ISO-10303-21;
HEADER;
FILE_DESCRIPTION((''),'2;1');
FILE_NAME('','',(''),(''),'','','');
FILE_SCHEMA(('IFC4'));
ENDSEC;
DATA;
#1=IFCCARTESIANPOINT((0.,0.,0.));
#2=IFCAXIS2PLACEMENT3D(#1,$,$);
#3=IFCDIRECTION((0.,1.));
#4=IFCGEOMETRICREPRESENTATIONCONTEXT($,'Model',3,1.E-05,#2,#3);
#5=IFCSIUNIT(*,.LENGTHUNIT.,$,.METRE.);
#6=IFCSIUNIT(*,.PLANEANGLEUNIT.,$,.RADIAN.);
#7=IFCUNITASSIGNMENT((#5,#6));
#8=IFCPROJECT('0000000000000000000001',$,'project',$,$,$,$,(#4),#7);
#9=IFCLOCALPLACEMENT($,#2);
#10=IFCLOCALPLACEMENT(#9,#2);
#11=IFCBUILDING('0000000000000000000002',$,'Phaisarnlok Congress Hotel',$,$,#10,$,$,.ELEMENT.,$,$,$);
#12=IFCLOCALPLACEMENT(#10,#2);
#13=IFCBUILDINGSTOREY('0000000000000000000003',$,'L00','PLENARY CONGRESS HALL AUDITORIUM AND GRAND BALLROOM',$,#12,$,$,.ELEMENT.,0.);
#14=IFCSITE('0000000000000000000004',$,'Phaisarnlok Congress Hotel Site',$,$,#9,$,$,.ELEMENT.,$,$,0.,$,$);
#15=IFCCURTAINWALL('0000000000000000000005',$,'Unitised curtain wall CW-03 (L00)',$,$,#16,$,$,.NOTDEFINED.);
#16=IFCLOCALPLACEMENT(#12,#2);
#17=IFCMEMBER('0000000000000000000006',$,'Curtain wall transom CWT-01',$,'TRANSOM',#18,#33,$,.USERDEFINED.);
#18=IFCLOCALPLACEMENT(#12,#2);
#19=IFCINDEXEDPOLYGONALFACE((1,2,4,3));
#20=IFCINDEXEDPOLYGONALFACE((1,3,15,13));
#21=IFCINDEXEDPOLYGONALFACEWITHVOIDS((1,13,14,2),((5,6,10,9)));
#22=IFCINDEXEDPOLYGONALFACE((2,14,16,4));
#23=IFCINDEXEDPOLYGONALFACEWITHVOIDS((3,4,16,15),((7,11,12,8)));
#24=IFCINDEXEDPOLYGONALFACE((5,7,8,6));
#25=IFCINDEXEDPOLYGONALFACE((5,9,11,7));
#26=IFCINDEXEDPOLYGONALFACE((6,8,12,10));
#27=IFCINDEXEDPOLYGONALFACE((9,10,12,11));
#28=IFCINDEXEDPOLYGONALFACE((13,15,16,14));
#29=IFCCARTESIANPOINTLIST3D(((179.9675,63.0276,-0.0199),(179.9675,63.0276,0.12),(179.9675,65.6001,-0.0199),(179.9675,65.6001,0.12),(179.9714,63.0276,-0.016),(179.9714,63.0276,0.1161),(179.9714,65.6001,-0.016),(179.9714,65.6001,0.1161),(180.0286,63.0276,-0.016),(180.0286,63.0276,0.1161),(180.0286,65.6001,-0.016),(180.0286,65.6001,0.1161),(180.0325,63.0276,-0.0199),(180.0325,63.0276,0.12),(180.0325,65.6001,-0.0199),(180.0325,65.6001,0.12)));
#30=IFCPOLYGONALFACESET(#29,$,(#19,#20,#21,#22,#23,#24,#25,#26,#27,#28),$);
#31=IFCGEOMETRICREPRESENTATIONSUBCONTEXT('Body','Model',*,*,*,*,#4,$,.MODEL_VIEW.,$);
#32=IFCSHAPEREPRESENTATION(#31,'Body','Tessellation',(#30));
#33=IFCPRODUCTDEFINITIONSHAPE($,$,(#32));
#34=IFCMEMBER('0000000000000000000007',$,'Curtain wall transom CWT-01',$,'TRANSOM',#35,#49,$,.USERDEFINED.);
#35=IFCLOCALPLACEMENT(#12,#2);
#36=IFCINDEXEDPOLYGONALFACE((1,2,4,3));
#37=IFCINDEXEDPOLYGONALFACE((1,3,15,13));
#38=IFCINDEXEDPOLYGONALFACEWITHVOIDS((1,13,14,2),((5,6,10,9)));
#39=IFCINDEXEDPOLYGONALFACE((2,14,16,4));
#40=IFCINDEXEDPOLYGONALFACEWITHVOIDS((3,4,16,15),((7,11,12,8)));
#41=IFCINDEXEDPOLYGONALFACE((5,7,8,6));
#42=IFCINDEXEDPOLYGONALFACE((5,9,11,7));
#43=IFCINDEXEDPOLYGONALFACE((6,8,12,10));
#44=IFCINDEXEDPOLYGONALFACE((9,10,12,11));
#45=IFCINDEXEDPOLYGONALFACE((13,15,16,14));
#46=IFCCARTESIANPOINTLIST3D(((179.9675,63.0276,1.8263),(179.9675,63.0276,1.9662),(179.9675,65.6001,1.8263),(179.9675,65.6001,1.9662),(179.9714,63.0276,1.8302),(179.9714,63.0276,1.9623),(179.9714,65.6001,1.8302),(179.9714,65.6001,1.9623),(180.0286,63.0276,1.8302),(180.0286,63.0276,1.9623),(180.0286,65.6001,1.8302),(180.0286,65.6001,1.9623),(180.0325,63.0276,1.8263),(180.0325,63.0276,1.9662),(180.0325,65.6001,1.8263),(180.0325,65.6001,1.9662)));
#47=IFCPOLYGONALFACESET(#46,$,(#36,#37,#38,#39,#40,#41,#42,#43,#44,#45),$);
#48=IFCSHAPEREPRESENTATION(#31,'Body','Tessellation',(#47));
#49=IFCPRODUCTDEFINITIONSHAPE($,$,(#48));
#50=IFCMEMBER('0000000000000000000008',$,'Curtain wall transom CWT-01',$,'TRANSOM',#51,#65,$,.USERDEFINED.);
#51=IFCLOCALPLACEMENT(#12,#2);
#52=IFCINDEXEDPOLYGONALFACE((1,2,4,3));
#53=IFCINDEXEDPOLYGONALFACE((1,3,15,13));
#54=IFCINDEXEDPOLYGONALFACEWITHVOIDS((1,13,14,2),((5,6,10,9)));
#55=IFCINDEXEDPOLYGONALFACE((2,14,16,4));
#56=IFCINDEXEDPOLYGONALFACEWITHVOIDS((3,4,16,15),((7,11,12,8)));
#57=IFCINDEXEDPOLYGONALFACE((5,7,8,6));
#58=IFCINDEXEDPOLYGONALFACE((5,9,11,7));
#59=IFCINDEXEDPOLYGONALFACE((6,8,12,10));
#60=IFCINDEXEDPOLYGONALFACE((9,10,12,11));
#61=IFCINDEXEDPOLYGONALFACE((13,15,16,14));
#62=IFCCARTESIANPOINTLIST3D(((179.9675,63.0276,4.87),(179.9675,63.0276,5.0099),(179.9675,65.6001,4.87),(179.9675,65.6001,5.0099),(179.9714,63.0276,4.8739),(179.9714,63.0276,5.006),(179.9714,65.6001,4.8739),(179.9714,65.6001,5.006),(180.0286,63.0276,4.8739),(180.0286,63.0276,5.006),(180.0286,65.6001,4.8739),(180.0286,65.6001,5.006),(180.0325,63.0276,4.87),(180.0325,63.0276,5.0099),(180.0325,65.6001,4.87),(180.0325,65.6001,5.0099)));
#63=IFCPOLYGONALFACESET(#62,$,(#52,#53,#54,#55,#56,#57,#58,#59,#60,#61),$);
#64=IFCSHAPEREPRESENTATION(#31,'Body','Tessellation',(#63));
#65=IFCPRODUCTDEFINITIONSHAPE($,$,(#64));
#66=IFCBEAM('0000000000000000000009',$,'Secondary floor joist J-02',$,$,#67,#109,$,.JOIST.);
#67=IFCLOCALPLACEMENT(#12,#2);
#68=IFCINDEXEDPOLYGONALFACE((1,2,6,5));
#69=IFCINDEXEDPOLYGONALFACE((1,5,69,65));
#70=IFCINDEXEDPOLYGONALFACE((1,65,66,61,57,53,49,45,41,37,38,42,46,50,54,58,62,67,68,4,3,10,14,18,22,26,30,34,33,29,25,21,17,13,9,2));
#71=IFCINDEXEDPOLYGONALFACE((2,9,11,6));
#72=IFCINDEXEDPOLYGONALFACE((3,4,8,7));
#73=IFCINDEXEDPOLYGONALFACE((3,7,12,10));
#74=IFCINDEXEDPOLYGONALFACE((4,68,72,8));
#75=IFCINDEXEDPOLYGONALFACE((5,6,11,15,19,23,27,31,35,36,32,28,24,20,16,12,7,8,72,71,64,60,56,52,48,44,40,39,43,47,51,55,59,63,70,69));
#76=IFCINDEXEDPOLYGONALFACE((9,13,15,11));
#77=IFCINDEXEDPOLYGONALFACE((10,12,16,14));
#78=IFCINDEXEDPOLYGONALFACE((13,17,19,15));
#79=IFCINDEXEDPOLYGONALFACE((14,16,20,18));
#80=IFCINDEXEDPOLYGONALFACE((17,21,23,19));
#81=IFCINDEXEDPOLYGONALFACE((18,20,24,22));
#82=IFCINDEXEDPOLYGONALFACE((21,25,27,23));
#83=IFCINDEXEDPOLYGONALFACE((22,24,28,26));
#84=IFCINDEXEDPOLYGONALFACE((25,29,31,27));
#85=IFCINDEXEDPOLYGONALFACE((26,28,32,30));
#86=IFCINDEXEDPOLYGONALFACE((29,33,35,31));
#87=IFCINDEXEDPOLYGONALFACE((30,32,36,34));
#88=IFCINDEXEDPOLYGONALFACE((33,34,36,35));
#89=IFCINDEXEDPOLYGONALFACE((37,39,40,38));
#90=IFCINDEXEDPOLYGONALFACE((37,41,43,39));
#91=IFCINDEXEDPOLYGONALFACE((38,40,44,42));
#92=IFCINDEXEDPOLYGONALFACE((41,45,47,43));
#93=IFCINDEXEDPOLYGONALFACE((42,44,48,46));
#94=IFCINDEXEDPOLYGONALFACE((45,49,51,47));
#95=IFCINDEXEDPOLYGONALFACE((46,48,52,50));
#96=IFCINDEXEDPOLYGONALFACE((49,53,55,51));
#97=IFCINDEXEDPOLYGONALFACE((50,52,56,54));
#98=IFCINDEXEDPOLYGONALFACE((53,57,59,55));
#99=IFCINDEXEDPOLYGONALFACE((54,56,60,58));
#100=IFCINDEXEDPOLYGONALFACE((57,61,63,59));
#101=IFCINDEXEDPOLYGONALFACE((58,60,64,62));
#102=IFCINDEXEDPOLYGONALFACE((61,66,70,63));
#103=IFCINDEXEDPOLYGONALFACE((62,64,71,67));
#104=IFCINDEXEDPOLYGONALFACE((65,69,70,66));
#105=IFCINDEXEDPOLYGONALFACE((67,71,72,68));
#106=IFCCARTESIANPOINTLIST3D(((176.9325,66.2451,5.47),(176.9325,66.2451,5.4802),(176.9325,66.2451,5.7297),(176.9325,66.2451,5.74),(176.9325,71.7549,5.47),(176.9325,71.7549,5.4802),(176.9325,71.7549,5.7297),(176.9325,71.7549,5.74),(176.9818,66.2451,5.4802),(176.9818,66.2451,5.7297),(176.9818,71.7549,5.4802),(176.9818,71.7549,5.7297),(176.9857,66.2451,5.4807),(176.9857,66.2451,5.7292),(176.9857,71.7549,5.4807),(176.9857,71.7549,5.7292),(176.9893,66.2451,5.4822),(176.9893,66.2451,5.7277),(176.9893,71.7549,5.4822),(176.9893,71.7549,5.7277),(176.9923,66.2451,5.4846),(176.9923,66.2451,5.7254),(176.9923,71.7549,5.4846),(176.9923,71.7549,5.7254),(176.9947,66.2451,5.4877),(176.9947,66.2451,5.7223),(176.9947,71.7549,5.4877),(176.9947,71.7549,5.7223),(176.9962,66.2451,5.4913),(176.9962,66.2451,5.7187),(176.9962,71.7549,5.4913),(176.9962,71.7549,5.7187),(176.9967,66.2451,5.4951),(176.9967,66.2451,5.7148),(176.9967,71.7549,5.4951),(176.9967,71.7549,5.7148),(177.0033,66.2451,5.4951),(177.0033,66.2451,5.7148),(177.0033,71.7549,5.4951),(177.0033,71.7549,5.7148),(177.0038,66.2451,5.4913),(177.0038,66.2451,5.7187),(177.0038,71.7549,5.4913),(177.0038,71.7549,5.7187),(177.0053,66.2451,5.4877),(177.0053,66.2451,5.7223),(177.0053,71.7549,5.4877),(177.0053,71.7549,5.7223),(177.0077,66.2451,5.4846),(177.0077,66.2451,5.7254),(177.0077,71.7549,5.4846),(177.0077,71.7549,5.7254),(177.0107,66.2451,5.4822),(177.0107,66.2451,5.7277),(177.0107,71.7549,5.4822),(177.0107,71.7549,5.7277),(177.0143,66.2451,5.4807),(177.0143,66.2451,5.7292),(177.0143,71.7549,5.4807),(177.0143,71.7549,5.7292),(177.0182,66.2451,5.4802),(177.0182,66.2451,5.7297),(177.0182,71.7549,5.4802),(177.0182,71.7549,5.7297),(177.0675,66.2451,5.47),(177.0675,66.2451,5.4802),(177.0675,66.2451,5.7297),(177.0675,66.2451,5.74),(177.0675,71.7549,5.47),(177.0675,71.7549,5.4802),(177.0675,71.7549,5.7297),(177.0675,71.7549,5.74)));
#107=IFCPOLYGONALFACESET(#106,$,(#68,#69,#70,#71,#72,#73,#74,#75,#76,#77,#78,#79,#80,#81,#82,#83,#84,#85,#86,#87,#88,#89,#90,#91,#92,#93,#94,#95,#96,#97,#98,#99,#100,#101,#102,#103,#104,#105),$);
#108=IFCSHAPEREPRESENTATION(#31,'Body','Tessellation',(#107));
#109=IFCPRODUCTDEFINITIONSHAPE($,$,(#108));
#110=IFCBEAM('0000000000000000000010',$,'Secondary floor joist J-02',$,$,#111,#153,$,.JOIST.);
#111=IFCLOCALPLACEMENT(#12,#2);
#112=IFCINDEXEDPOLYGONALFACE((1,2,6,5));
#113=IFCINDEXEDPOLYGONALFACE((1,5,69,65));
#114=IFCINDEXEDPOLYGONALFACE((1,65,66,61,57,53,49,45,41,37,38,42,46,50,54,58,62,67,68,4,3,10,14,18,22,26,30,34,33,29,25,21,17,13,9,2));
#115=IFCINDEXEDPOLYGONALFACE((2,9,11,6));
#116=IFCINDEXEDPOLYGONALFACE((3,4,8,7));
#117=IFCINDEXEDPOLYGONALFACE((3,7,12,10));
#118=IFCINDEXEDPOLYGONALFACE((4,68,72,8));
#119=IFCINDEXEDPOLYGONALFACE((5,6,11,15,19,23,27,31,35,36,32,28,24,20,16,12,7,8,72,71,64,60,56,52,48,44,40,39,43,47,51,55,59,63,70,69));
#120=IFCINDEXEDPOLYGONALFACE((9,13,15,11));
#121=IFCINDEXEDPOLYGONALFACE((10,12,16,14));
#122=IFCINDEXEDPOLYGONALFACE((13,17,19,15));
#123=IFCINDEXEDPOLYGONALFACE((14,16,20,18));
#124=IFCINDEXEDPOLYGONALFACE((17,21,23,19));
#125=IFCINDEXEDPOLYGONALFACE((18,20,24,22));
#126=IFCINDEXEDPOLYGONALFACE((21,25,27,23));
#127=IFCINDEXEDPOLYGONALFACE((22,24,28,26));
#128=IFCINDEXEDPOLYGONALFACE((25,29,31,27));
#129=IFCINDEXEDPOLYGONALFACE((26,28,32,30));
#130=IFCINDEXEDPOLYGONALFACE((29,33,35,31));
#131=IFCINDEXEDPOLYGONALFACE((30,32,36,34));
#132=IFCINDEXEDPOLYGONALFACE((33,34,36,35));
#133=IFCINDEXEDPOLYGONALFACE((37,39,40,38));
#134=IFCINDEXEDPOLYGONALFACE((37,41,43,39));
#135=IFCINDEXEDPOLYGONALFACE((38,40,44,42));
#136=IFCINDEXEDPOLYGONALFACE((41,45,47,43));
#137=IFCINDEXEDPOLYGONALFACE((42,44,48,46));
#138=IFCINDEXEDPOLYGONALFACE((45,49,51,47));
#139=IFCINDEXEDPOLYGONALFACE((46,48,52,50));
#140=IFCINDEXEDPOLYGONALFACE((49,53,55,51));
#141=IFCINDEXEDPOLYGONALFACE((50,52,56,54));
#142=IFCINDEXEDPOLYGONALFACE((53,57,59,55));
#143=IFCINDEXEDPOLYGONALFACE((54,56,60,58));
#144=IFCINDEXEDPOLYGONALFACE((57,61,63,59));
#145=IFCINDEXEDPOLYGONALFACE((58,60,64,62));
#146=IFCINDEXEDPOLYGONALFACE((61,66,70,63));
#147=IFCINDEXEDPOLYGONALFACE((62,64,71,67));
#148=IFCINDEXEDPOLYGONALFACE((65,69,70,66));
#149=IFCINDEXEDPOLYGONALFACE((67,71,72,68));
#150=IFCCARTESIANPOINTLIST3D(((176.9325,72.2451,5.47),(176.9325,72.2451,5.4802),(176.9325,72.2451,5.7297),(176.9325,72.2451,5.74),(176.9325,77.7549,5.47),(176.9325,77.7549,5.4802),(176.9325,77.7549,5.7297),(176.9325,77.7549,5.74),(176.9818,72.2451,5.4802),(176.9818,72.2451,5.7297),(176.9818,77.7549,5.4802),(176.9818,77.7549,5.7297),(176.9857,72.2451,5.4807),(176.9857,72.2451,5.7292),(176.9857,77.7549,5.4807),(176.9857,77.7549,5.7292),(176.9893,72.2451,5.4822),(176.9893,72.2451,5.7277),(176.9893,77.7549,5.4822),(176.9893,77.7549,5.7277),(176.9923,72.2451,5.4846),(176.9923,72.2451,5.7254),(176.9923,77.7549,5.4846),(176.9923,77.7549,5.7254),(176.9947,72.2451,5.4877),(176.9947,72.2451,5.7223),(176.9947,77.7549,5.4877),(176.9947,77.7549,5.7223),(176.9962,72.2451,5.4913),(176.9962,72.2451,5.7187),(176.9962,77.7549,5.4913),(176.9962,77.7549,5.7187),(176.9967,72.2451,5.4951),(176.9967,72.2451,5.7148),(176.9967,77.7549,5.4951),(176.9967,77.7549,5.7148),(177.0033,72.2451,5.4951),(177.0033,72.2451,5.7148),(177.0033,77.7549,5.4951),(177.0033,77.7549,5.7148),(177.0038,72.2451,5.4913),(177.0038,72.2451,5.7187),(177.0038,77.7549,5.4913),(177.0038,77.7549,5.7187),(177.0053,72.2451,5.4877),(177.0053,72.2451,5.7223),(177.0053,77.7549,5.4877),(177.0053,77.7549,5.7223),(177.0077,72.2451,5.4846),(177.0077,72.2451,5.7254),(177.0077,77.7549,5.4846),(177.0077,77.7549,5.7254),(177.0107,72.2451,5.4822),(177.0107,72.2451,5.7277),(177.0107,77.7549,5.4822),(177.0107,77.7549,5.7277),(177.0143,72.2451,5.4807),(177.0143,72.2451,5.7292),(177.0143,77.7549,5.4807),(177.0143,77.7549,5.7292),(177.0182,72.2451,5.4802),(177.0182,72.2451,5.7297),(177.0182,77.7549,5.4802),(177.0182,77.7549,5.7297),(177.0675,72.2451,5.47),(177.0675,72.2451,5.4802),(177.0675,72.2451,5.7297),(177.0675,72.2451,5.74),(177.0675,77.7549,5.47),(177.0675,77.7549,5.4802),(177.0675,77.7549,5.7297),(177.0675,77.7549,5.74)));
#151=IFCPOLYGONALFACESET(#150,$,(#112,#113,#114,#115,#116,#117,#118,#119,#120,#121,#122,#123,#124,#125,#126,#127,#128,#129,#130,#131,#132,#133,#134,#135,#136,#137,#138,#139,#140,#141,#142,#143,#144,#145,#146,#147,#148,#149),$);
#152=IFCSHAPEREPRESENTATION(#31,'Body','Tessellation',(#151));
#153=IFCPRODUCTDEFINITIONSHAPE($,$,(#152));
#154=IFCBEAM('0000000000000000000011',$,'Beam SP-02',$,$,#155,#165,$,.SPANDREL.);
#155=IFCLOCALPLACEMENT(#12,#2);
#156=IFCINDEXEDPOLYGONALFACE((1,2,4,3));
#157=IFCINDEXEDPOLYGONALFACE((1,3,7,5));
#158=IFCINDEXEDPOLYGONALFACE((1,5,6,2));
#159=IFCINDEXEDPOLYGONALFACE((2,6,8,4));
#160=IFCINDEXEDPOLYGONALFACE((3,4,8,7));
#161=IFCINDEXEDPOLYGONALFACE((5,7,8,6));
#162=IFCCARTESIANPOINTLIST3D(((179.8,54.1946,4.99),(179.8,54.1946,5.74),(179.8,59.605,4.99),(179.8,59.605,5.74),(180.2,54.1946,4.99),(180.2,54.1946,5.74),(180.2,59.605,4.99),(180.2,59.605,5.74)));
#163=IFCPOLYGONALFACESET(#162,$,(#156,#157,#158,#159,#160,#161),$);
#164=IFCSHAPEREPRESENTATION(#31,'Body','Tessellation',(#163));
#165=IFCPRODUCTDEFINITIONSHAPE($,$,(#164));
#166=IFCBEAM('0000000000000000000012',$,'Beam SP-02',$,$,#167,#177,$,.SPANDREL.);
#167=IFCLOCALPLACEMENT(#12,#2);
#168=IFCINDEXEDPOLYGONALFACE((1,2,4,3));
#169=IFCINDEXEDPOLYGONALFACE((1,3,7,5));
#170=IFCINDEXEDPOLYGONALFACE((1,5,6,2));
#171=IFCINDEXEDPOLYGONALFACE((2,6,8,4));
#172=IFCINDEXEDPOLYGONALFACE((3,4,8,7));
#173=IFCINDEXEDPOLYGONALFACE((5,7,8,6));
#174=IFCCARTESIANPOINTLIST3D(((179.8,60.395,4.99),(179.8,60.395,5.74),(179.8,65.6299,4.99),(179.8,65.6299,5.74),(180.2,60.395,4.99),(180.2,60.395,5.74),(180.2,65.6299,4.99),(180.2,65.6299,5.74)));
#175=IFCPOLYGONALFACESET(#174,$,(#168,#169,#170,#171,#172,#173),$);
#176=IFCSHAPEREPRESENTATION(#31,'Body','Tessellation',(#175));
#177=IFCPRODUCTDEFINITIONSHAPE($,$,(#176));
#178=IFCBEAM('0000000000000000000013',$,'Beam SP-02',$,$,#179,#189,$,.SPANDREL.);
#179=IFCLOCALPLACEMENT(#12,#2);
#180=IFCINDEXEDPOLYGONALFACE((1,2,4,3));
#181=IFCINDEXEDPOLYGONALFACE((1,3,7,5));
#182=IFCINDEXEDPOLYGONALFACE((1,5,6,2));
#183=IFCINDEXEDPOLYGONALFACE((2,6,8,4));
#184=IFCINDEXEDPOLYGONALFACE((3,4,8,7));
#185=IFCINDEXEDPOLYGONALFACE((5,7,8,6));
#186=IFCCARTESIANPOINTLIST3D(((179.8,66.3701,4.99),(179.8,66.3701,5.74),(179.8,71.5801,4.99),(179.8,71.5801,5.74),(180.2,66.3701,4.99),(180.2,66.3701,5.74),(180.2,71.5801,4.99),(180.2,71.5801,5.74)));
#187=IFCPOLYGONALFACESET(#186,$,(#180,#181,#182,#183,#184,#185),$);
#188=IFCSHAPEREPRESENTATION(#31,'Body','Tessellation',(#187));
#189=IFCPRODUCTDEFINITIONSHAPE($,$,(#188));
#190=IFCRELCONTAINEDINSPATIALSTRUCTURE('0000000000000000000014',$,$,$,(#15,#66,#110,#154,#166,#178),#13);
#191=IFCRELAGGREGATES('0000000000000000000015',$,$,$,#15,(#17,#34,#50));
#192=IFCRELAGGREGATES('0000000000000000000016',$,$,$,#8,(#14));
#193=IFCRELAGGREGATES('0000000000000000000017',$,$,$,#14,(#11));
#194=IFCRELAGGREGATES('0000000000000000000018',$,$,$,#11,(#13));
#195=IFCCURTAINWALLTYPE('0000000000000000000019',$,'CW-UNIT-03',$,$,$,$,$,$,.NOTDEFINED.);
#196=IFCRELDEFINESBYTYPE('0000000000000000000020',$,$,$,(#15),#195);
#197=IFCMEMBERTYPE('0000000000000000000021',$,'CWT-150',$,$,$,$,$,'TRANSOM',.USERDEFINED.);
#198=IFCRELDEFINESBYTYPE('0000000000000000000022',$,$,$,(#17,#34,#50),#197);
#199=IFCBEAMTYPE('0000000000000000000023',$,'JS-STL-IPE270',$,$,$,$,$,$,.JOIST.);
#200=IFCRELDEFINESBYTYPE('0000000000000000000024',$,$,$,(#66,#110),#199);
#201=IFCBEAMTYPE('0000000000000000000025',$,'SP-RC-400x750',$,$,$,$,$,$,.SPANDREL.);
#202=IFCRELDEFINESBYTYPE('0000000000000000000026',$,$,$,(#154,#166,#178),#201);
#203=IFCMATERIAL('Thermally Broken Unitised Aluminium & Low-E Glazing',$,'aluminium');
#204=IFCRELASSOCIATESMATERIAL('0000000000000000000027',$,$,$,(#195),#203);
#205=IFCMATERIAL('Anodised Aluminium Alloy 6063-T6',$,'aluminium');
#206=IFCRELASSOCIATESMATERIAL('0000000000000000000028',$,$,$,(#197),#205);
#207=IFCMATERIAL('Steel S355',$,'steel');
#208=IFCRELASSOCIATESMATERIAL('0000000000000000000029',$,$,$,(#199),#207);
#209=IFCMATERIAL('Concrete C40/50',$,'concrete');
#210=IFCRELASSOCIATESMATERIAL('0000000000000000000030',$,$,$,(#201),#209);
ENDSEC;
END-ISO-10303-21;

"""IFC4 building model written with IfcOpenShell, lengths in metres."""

from ifc_helpers import new_model, si_unit, direction, frame, origin, origin_2d, place, context, subcontext, project, spatial, rectangle, hollow_rectangle, i_section, extrude, material, material_profile, profile_set, type_object, element, aggregate, save


model = new_model("IFC4")

# Units and contexts
model_context = context("Model", 3, precision=1e-05, world=origin(), true_north=direction((0.0, 1.0)))
body_context = subcontext(model_context, "Body", "Model", "MODEL_VIEW")
ifc_project = project(units=[si_unit("LENGTHUNIT", "METRE"), si_unit("PLANEANGLEUNIT", "RADIAN")], contexts=[model_context])

# Site, building, storey
site_placement = place(None, origin())
site = spatial("IfcSite", under=ifc_project, at=site_placement, Name="Phaisarnlok Congress Hotel Site", CompositionType="ELEMENT", RefElevation=0.0)
building_placement = place(site_placement, origin())
building = spatial("IfcBuilding", under=site, at=building_placement, Name="Phaisarnlok Congress Hotel", CompositionType="ELEMENT")
storey_placement = place(building_placement, origin())
storey = spatial("IfcBuildingStorey", under=building, at=storey_placement, Name="L00", Description="PLENARY CONGRESS HALL AUDITORIUM AND GRAND BALLROOM", CompositionType="ELEMENT", Elevation=0.0)

# Shared definitions
ifc_material_1 = material(Name="Steel S355", Category="steel")

# Shared definitions
ifc_material_2 = material(Name="Concrete C40/50", Category="concrete")

# Curtain wall, members
ifc_material_3 = material(Name="Thermally Broken Unitised Aluminium & Low-E Glazing", Category="aluminium")
curtain_wall_type = type_object("IfcCurtainWallType", Name="CW-UNIT-03", PredefinedType="NOTDEFINED", material=ifc_material_3)
curtain_wall_placement = place(storey_placement, origin())
curtain_wall = element("IfcCurtainWall", 1, at=curtain_wall_placement, inside=storey, type_object=curtain_wall_type, Name="Unitised curtain wall CW-03 (L00)", PredefinedType="NOTDEFINED")
ifc_material_4 = material(Name="Anodised Aluminium Alloy 6063-T6", Category="aluminium")
ifc_material_profile_1 = material_profile(ifc_material_4, hollow_rectangle(XDim=0.0649, YDim=0.1399, WallThickness=0.0039, at=origin_2d()), Name="ALU-T 65x140x4")
ifc_profile_set_1 = profile_set([ifc_material_profile_1], Name="Anodised Aluminium Alloy 6063-T6")
member_type_1 = type_object("IfcMemberType", Name="CWT-150", ElementType="TRANSOM", PredefinedType="USERDEFINED", material=ifc_profile_set_1)
member_1_placement = place(storey_placement, frame((180.0, 63.0276, 0.05), z_axis=(0.0, 1.0, 0.0), x_axis=(-1.0, 0.0, 0.0)))
member_1 = element("IfcMember", 2, at=member_1_placement, type_object=member_type_1, Name="Curtain wall transom CWT-01", ObjectType="TRANSOM", PredefinedType="USERDEFINED", context=body_context, shape_type="SweptSolid", body=[
    extrude(hollow_rectangle(XDim=0.0649, YDim=0.1399, WallThickness=0.0039, at=origin_2d()), origin(), (0.0, 0.0, 1.0), 2.5725),
])
member_2_placement = place(storey_placement, frame((180.0, 63.0276, 1.8962), z_axis=(0.0, 1.0, 0.0), x_axis=(-1.0, 0.0, 0.0)))
member_2 = element("IfcMember", 3, at=member_2_placement, type_object=member_type_1, Name="Curtain wall transom CWT-01", ObjectType="TRANSOM", PredefinedType="USERDEFINED", context=body_context, shape_type="SweptSolid", body=[
    extrude(hollow_rectangle(XDim=0.0649, YDim=0.1399, WallThickness=0.0039, at=origin_2d()), origin(), (0.0, 0.0, 1.0), 2.5725),
])
member_3_placement = place(storey_placement, frame((180.0, 63.0276, 4.9399), z_axis=(0.0, 1.0, 0.0), x_axis=(-1.0, 0.0, 0.0)))
member_3 = element("IfcMember", 4, at=member_3_placement, type_object=member_type_1, Name="Curtain wall transom CWT-01", ObjectType="TRANSOM", PredefinedType="USERDEFINED", context=body_context, shape_type="SweptSolid", body=[
    extrude(hollow_rectangle(XDim=0.0649, YDim=0.1399, WallThickness=0.0039, at=origin_2d()), origin(), (0.0, 0.0, 1.0), 2.5725),
])

# Beams
ifc_material_profile_2 = material_profile(ifc_material_1, i_section(OverallWidth=0.135, OverallDepth=0.27, WebThickness=0.0066, FlangeThickness=0.0103, FilletRadius=0.0149, at=origin_2d()), Name="IPE 270")
ifc_profile_set_2 = profile_set([ifc_material_profile_2], Name="Steel S355")
beam_type_1 = type_object("IfcBeamType", Name="JS-STL-IPE270", PredefinedType="JOIST", material=ifc_profile_set_2)
for number, where, z_axis, x_axis, name in (
    (5, (177.0, 66.2451, 5.605), (0.0, 1.0, 0.0), (-1.0, 0.0, 0.0), "Secondary floor joist J-02"),
    (6, (177.0, 72.2451, 5.605), (0.0, 1.0, 0.0), (-1.0, 0.0, 0.0), "Secondary floor joist J-02"),
):
    element("IfcBeam", number, at=place(storey_placement, frame(where, z_axis=z_axis, x_axis=x_axis)), inside=storey, type_object=beam_type_1, Name=name, PredefinedType="JOIST", context=body_context, shape_type="SweptSolid", body=[
        extrude(i_section(OverallWidth=0.135, OverallDepth=0.27, WebThickness=0.0066, FlangeThickness=0.0103, FilletRadius=0.0149, at=origin_2d()), origin(), (0.0, 0.0, 1.0), 5.5098),
    ])
ifc_material_profile_3 = material_profile(ifc_material_2, rectangle(XDim=0.3999, YDim=0.75, at=origin_2d()), Name="RC 400x750")
ifc_profile_set_3 = profile_set([ifc_material_profile_3], Name="Concrete C40/50")
beam_type_2 = type_object("IfcBeamType", Name="SP-RC-400x750", PredefinedType="SPANDREL", material=ifc_profile_set_3)
beam_1_placement = place(storey_placement, frame((180.0, 54.1946, 5.365), z_axis=(0.0, 1.0, 0.0), x_axis=(-1.0, 0.0, 0.0)))
element("IfcBeam", 7, at=beam_1_placement, inside=storey, type_object=beam_type_2, Name="Beam SP-02", PredefinedType="SPANDREL", context=body_context, shape_type="SweptSolid", body=[
    extrude(rectangle(XDim=0.3999, YDim=0.75, at=origin_2d()), origin(), (0.0, 0.0, 1.0), 5.4104),
])
beam_2_placement = place(storey_placement, frame((180.0, 60.395, 5.365), z_axis=(0.0, 1.0, 0.0), x_axis=(-1.0, 0.0, 0.0)))
element("IfcBeam", 8, at=beam_2_placement, inside=storey, type_object=beam_type_2, Name="Beam SP-02", PredefinedType="SPANDREL", context=body_context, shape_type="SweptSolid", body=[
    extrude(rectangle(XDim=0.3999, YDim=0.75, at=origin_2d()), origin(), (0.0, 0.0, 1.0), 5.2349),
])
beam_3_placement = place(storey_placement, frame((180.0, 66.3701, 5.365), z_axis=(0.0, 1.0, 0.0), x_axis=(-1.0, 0.0, 0.0)))
element("IfcBeam", 9, at=beam_3_placement, inside=storey, type_object=beam_type_2, Name="Beam SP-02", PredefinedType="SPANDREL", context=body_context, shape_type="SweptSolid", body=[
    extrude(rectangle(XDim=0.3999, YDim=0.75, at=origin_2d()), origin(), (0.0, 0.0, 1.0), 5.21),
])

aggregate(curtain_wall, [member_1, member_2, member_3])

save(model, "model.ifc")
